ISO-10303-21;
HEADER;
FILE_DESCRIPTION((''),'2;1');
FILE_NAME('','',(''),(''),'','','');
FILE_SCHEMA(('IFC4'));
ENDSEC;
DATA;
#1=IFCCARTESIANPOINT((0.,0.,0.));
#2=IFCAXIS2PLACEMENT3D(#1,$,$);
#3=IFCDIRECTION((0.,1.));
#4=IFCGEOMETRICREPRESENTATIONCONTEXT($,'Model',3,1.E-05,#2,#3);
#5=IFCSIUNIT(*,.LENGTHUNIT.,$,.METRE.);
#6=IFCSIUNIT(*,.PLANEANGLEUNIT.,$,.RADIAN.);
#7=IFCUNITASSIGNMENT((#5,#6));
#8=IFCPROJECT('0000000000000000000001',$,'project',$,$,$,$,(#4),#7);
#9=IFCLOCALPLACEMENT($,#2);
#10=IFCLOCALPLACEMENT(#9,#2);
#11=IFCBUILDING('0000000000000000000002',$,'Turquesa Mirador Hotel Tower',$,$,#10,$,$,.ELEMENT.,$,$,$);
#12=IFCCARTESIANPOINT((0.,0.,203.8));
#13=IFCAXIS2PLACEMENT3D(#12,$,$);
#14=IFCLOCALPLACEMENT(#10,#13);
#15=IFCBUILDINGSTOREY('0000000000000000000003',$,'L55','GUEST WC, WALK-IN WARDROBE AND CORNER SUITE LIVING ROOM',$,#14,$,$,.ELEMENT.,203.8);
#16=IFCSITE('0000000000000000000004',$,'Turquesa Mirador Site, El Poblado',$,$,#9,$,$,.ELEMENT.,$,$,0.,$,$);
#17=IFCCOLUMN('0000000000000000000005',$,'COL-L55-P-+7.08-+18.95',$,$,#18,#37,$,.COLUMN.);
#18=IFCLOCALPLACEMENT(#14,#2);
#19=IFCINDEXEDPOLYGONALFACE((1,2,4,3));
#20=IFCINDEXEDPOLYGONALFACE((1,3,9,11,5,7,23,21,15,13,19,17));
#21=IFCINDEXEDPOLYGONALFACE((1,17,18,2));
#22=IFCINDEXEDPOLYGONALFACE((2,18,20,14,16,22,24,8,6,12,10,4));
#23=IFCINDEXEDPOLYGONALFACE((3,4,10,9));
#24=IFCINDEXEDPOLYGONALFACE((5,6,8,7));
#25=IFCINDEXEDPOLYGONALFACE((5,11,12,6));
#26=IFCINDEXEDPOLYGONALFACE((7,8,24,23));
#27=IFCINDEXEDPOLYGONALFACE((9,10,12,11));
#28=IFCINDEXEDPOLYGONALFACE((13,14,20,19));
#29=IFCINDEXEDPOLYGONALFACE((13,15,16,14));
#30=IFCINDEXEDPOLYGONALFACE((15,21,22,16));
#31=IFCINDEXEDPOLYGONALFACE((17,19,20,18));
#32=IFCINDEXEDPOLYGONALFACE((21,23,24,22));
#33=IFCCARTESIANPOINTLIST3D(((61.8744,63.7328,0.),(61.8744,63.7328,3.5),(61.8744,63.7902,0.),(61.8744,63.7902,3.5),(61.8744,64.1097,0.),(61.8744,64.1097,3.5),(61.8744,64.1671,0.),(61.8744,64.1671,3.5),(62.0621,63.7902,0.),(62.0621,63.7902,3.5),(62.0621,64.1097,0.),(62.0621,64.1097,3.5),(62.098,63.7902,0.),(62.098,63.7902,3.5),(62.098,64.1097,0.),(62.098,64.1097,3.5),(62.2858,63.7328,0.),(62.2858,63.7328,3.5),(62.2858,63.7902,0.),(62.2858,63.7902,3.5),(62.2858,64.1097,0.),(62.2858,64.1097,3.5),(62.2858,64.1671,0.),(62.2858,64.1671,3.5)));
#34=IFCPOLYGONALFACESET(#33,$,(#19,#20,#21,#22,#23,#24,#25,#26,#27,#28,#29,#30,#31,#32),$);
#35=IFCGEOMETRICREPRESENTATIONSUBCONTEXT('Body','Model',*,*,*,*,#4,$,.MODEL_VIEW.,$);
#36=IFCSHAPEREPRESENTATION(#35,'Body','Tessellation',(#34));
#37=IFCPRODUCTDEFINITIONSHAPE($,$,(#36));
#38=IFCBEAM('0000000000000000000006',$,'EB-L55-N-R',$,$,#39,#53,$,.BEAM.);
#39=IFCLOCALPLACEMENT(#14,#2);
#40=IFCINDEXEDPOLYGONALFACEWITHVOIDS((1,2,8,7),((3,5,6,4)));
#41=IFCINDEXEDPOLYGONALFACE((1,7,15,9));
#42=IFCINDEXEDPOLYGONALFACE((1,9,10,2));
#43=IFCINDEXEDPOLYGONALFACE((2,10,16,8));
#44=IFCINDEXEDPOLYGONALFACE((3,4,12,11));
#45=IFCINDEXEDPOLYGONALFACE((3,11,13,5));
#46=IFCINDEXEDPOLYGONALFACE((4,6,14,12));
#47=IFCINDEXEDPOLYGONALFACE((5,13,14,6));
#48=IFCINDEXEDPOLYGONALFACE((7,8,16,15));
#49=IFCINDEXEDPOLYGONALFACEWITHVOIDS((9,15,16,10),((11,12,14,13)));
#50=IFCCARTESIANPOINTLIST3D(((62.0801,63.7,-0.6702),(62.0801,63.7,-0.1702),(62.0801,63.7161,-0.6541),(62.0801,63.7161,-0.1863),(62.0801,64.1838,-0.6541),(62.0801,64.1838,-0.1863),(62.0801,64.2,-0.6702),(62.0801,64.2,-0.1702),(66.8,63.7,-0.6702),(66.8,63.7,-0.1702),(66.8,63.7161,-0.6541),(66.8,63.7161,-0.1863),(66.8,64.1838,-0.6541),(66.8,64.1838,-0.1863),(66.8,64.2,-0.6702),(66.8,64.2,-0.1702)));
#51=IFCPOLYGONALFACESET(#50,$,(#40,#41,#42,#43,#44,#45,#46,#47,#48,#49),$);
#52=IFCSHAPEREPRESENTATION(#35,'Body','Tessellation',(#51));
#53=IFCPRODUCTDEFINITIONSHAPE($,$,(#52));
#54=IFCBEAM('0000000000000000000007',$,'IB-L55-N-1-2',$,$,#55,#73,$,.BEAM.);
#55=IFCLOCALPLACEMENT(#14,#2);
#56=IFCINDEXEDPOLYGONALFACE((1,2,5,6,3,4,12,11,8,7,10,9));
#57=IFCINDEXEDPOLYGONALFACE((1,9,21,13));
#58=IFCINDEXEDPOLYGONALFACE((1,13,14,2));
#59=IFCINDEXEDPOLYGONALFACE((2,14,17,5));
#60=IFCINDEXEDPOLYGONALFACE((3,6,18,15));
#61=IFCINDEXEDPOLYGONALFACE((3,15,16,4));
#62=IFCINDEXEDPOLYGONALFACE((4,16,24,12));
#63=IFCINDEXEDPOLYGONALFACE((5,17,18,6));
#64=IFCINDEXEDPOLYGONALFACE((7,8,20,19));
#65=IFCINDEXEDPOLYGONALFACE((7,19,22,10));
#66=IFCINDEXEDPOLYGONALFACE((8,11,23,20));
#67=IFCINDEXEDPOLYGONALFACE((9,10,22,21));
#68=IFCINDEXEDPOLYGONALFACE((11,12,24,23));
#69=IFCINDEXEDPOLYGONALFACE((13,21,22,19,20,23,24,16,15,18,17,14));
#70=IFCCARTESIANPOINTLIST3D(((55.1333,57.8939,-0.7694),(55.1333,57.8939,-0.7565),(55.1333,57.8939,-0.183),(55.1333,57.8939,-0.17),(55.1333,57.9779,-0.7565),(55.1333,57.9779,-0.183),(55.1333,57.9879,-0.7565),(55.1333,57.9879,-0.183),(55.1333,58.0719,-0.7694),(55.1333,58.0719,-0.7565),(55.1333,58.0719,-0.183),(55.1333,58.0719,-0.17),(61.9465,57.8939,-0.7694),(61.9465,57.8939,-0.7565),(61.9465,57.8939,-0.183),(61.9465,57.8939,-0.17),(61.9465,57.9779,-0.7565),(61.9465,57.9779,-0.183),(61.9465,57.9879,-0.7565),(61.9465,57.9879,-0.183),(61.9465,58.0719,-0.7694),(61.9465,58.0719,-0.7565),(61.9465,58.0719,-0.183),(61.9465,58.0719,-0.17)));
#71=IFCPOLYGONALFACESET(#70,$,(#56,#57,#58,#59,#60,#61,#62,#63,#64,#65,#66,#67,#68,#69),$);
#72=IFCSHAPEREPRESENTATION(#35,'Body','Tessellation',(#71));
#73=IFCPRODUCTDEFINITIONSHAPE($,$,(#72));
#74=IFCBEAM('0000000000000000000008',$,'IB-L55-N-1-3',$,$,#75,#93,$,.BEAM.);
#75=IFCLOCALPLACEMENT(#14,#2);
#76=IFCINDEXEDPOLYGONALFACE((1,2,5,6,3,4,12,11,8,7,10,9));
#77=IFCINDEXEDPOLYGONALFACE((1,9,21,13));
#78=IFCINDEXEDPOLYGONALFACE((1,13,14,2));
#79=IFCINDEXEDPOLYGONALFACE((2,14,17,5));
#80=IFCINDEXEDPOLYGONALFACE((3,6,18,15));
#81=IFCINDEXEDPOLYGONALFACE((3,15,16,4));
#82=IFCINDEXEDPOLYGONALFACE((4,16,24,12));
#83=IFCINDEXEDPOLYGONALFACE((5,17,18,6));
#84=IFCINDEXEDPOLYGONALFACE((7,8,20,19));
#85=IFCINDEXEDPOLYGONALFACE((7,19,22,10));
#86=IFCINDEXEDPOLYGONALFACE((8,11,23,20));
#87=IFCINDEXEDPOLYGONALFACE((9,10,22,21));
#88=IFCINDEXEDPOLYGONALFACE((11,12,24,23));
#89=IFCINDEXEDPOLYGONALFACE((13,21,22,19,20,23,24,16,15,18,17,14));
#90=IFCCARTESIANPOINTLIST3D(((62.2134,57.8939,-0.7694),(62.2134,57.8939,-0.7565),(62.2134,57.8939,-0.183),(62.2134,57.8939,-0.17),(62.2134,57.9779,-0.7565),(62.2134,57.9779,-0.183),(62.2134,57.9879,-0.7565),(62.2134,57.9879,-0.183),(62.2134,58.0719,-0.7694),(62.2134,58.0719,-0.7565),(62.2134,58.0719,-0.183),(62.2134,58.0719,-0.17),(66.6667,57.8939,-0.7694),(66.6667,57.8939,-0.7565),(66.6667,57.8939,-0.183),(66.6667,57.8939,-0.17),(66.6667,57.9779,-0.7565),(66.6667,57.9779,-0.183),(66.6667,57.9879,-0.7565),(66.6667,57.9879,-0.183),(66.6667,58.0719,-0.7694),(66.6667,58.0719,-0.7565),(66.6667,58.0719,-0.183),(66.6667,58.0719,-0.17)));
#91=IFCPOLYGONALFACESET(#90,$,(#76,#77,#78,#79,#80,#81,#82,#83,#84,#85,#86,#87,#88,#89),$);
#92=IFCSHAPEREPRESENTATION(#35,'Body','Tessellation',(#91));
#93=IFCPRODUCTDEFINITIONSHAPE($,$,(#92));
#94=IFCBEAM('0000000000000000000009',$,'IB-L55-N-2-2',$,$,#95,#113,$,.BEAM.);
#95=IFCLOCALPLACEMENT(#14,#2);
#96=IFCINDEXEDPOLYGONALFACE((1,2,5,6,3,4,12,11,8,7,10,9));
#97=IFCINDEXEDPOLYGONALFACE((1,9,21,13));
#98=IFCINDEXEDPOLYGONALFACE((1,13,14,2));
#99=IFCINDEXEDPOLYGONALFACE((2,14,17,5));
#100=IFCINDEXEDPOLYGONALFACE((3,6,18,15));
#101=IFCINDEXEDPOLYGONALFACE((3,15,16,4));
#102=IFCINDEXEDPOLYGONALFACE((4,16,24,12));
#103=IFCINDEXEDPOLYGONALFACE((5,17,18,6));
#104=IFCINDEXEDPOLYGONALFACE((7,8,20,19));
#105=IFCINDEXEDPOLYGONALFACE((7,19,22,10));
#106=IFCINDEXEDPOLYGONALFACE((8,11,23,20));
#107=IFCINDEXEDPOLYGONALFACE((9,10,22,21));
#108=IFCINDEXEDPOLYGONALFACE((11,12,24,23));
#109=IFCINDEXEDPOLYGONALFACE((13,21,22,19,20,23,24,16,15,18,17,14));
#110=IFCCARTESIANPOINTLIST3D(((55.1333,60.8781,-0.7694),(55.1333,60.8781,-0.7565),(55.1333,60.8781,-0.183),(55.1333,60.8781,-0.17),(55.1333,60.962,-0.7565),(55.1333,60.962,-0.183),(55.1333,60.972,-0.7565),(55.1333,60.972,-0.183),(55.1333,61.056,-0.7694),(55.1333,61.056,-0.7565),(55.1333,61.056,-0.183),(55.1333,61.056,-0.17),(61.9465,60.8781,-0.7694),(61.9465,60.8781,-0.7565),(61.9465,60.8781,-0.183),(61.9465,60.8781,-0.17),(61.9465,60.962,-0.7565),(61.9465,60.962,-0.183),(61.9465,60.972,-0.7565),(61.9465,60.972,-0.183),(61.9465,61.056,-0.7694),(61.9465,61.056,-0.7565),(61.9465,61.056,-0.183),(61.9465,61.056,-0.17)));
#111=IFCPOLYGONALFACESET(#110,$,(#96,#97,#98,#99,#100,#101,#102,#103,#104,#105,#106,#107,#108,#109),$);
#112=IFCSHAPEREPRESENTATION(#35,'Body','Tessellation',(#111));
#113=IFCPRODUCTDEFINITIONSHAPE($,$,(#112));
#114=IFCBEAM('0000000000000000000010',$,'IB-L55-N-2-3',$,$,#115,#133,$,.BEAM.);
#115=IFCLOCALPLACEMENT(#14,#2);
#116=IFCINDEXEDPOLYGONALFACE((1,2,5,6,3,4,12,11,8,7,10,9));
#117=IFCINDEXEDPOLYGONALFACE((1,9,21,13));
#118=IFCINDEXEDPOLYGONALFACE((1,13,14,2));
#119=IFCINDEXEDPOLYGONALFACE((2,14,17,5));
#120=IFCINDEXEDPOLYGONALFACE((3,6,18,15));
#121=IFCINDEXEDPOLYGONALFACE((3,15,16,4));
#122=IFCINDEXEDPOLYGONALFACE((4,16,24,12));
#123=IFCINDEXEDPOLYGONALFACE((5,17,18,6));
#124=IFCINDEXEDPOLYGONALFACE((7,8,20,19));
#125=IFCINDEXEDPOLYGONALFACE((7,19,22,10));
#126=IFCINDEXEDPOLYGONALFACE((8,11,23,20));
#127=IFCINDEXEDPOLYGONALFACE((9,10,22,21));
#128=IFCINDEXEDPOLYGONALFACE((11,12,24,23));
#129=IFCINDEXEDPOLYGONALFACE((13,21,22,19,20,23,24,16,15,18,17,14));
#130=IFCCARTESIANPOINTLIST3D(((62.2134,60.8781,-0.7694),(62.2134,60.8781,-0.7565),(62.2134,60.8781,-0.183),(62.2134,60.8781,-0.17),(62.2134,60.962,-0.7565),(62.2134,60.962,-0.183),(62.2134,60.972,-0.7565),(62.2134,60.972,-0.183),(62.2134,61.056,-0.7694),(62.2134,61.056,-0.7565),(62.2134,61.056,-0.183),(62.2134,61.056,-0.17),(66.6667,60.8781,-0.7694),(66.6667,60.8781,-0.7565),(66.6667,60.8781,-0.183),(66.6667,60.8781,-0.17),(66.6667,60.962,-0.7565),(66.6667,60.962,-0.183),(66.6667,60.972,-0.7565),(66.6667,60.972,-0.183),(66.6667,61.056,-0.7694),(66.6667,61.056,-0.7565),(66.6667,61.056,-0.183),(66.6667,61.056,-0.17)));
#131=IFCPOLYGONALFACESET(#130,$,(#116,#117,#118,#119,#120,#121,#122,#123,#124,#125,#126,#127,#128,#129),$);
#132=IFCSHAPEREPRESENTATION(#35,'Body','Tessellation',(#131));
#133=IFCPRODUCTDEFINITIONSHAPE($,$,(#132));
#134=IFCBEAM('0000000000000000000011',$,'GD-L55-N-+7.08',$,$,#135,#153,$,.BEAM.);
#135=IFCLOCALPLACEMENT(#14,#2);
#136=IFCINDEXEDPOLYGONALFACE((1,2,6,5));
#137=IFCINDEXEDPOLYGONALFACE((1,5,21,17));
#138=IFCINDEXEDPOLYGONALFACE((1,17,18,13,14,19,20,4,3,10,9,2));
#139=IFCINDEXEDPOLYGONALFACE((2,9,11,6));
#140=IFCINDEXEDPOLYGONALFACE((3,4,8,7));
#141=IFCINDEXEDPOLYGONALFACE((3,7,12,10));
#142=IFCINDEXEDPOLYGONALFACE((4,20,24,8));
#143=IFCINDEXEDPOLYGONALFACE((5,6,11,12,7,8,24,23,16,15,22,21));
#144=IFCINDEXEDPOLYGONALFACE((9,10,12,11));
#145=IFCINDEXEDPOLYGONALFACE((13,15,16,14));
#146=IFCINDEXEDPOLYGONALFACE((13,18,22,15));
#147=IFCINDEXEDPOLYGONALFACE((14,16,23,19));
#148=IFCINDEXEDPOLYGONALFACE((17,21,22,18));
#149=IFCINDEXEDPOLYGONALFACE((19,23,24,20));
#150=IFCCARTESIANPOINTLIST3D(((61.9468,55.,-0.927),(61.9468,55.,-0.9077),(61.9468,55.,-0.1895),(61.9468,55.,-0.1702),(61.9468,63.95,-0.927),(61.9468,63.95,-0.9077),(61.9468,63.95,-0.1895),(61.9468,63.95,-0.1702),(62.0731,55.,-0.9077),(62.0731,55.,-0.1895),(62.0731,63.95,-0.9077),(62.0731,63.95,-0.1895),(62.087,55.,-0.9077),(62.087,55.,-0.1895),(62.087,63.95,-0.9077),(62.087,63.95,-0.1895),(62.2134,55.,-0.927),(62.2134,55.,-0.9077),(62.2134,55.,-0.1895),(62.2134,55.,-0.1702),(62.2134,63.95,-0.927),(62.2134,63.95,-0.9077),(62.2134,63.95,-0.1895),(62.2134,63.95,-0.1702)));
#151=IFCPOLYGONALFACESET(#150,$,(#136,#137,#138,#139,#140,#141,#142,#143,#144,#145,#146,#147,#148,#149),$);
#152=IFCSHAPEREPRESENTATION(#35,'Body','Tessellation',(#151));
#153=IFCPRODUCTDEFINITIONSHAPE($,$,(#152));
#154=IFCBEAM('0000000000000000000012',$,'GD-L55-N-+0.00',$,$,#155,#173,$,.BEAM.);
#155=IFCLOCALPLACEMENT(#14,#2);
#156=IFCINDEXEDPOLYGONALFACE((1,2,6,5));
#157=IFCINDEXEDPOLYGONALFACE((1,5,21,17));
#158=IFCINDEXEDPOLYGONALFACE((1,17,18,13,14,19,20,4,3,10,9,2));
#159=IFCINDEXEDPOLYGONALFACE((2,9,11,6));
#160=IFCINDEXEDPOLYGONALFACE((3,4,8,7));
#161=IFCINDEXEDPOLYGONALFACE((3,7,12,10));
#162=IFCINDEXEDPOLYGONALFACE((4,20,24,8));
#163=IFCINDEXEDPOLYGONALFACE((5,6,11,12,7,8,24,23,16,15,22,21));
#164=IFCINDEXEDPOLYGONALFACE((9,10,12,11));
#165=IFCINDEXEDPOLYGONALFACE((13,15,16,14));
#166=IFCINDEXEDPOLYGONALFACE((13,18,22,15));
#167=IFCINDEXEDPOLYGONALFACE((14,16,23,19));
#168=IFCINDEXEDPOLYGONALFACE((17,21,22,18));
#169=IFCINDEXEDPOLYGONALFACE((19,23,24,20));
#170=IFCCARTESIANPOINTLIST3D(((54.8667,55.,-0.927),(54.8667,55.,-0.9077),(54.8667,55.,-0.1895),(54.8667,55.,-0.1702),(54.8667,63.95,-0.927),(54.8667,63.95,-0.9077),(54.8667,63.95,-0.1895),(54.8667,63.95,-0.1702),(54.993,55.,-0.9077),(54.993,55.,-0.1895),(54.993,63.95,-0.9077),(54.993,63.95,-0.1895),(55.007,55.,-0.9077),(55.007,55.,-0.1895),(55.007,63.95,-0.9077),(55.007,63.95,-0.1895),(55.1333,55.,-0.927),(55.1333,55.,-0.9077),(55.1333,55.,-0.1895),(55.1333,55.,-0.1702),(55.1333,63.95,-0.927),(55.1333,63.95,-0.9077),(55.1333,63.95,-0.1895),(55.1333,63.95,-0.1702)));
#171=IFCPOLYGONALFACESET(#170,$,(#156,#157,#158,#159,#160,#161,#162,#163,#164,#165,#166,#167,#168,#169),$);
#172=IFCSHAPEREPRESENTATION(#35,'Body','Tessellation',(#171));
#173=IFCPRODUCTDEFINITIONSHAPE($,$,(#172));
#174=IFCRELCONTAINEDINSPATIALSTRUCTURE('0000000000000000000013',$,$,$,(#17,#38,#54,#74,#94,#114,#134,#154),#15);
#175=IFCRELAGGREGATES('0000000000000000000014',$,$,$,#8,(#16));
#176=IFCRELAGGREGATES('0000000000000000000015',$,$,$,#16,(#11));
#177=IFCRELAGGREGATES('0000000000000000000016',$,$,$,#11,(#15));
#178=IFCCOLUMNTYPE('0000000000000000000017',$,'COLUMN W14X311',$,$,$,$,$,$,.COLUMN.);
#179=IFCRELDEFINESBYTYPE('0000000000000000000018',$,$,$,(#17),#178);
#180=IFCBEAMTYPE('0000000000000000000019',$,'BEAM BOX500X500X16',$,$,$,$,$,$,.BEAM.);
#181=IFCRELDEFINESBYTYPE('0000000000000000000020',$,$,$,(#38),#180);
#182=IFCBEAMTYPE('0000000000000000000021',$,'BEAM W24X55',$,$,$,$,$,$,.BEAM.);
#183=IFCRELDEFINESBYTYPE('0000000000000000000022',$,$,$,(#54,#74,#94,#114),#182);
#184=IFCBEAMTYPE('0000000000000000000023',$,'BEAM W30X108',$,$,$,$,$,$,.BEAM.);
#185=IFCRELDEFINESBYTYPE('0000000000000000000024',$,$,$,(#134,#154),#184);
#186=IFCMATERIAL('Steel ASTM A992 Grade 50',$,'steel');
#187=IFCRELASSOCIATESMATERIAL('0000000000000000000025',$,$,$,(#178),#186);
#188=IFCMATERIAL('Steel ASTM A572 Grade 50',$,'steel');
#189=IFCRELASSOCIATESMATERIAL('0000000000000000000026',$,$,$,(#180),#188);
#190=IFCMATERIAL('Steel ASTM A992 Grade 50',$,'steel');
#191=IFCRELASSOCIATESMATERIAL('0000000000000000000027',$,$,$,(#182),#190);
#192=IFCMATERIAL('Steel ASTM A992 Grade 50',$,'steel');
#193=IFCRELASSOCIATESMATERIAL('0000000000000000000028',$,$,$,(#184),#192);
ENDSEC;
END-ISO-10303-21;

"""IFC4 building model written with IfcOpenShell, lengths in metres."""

from ifc_helpers import new_model, si_unit, direction, frame, origin, origin_2d, place, context, subcontext, project, spatial, hollow_rectangle, i_section, extrude, material, material_profile, profile_set, type_object, element, save


model = new_model("IFC4")

# Units and contexts
model_context = context("Model", 3, precision=1e-05, world=origin(), true_north=direction((0.0, 1.0)))
body_context = subcontext(model_context, "Body", "Model", "MODEL_VIEW")
ifc_project = project(units=[si_unit("LENGTHUNIT", "METRE"), si_unit("PLANEANGLEUNIT", "RADIAN")], contexts=[model_context])

# Site, building, storey
site_placement = place(None, origin())
site = spatial("IfcSite", under=ifc_project, at=site_placement, Name="Turquesa Mirador Site, El Poblado", CompositionType="ELEMENT", RefElevation=0.0)
building_placement = place(site_placement, origin())
building = spatial("IfcBuilding", under=site, at=building_placement, Name="Turquesa Mirador Hotel Tower", CompositionType="ELEMENT")
storey_placement = place(building_placement, frame((0.0, 0.0, 203.8)))
storey = spatial("IfcBuildingStorey", under=building, at=storey_placement, Name="L55", Description="GUEST WC, WALK-IN WARDROBE AND CORNER SUITE LIVING ROOM", CompositionType="ELEMENT", Elevation=203.8)

# Column
ifc_material_1 = material(Name="Steel ASTM A992 Grade 50", Category="steel")
ifc_material_profile_1 = material_profile(ifc_material_1, i_section(OverallWidth=0.4114, OverallDepth=0.4343, WebThickness=0.0359, FlangeThickness=0.0574, at=origin_2d()), Name="W14X311")
ifc_profile_set_1 = profile_set([ifc_material_profile_1], Name="Steel ASTM A992 Grade 50")
column_type = type_object("IfcColumnType", Name="COLUMN W14X311", PredefinedType="COLUMN", material=ifc_profile_set_1)
column_placement = place(storey_placement, frame((62.0801, 63.95, 0.0), z_axis=(0.0, 0.0, 1.0), x_axis=(1.0, 0.0, 0.0)))
element("IfcColumn", 1, at=column_placement, inside=storey, type_object=column_type, Name="COL-L55-P-+7.08-+18.95", PredefinedType="COLUMN", context=body_context, shape_type="SweptSolid", body=[
    extrude(i_section(OverallWidth=0.4114, OverallDepth=0.4343, WebThickness=0.0359, FlangeThickness=0.0574, at=origin_2d()), origin(), (0.0, 0.0, 1.0), 3.5),
])

# Beams
ifc_material_2 = material(Name="Steel ASTM A572 Grade 50", Category="steel")
ifc_material_profile_2 = material_profile(ifc_material_2, hollow_rectangle(XDim=0.5, YDim=0.5, WallThickness=0.0161, at=origin_2d()), Name="BOX500X500X16")
ifc_profile_set_2 = profile_set([ifc_material_profile_2], Name="Steel ASTM A572 Grade 50")
beam_type_1 = type_object("IfcBeamType", Name="BEAM BOX500X500X16", PredefinedType="BEAM", material=ifc_profile_set_2)
beam_1_placement = place(storey_placement, frame((62.0801, 63.95, -0.4202), z_axis=(1.0, 0.0, 0.0), x_axis=(0.0, 1.0, 0.0)))
element("IfcBeam", 2, at=beam_1_placement, inside=storey, type_object=beam_type_1, Name="EB-L55-N-R", PredefinedType="BEAM", context=body_context, shape_type="SweptSolid", body=[
    extrude(hollow_rectangle(XDim=0.5, YDim=0.5, WallThickness=0.0161, at=origin_2d()), origin(), (0.0, 0.0, 1.0), 4.72),
])
ifc_material_3 = material(Name="Steel ASTM A992 Grade 50", Category="steel")
ifc_material_profile_3 = material_profile(ifc_material_3, i_section(OverallWidth=0.178, OverallDepth=0.5994, WebThickness=0.01, FlangeThickness=0.0129, at=origin_2d()), Name="W24X55")
ifc_profile_set_3 = profile_set([ifc_material_profile_3], Name="Steel ASTM A992 Grade 50")
beam_type_2 = type_object("IfcBeamType", Name="BEAM W24X55", PredefinedType="BEAM", material=ifc_profile_set_3)
beam_2_placement = place(storey_placement, frame((55.1333, 57.9829, -0.4697), z_axis=(1.0, 0.0, 0.0), x_axis=(0.0, 1.0, 0.0)))
element("IfcBeam", 3, at=beam_2_placement, inside=storey, type_object=beam_type_2, Name="IB-L55-N-1-2", PredefinedType="BEAM", context=body_context, shape_type="SweptSolid", body=[
    extrude(i_section(OverallWidth=0.178, OverallDepth=0.5994, WebThickness=0.01, FlangeThickness=0.0129, at=origin_2d()), origin(), (0.0, 0.0, 1.0), 6.8132),
])
beam_3_placement = place(storey_placement, frame((62.2134, 57.9829, -0.4697), z_axis=(1.0, 0.0, 0.0), x_axis=(0.0, 1.0, 0.0)))
element("IfcBeam", 4, at=beam_3_placement, inside=storey, type_object=beam_type_2, Name="IB-L55-N-1-3", PredefinedType="BEAM", context=body_context, shape_type="SweptSolid", body=[
    extrude(i_section(OverallWidth=0.178, OverallDepth=0.5994, WebThickness=0.01, FlangeThickness=0.0129, at=origin_2d()), origin(), (0.0, 0.0, 1.0), 4.4534),
])
beam_4_placement = place(storey_placement, frame((55.1333, 60.967, -0.4697), z_axis=(1.0, 0.0, 0.0), x_axis=(0.0, 1.0, 0.0)))
element("IfcBeam", 5, at=beam_4_placement, inside=storey, type_object=beam_type_2, Name="IB-L55-N-2-2", PredefinedType="BEAM", context=body_context, shape_type="SweptSolid", body=[
    extrude(i_section(OverallWidth=0.178, OverallDepth=0.5994, WebThickness=0.01, FlangeThickness=0.0129, at=origin_2d()), origin(), (0.0, 0.0, 1.0), 6.8132),
])
beam_5_placement = place(storey_placement, frame((62.2134, 60.967, -0.4697), z_axis=(1.0, 0.0, 0.0), x_axis=(0.0, 1.0, 0.0)))
element("IfcBeam", 6, at=beam_5_placement, inside=storey, type_object=beam_type_2, Name="IB-L55-N-2-3", PredefinedType="BEAM", context=body_context, shape_type="SweptSolid", body=[
    extrude(i_section(OverallWidth=0.178, OverallDepth=0.5994, WebThickness=0.01, FlangeThickness=0.0129, at=origin_2d()), origin(), (0.0, 0.0, 1.0), 4.4534),
])
ifc_material_4 = material(Name="Steel ASTM A992 Grade 50", Category="steel")
ifc_material_profile_4 = material_profile(ifc_material_4, i_section(OverallWidth=0.2666, OverallDepth=0.7568, WebThickness=0.0139, FlangeThickness=0.0193, at=origin_2d()), Name="W30X108")
ifc_profile_set_4 = profile_set([ifc_material_profile_4], Name="Steel ASTM A992 Grade 50")
beam_type_3 = type_object("IfcBeamType", Name="BEAM W30X108", PredefinedType="BEAM", material=ifc_profile_set_4)
for number, where, z_axis, x_axis, name in (
    (7, (62.0801, 63.95, -0.5486), (0.0, -1.0, 0.0), (1.0, 0.0, 0.0), "GD-L55-N-+7.08"),
    (8, (55.0, 63.95, -0.5486), (0.0, -1.0, 0.0), (1.0, 0.0, 0.0), "GD-L55-N-+0.00"),
):
    element("IfcBeam", number, at=place(storey_placement, frame(where, z_axis=z_axis, x_axis=x_axis)), inside=storey, type_object=beam_type_3, Name=name, PredefinedType="BEAM", context=body_context, shape_type="SweptSolid", body=[
        extrude(i_section(OverallWidth=0.2666, OverallDepth=0.7568, WebThickness=0.0139, FlangeThickness=0.0193, at=origin_2d()), origin(), (0.0, 0.0, 1.0), 8.95),
    ])

save(model, "model.ifc")
